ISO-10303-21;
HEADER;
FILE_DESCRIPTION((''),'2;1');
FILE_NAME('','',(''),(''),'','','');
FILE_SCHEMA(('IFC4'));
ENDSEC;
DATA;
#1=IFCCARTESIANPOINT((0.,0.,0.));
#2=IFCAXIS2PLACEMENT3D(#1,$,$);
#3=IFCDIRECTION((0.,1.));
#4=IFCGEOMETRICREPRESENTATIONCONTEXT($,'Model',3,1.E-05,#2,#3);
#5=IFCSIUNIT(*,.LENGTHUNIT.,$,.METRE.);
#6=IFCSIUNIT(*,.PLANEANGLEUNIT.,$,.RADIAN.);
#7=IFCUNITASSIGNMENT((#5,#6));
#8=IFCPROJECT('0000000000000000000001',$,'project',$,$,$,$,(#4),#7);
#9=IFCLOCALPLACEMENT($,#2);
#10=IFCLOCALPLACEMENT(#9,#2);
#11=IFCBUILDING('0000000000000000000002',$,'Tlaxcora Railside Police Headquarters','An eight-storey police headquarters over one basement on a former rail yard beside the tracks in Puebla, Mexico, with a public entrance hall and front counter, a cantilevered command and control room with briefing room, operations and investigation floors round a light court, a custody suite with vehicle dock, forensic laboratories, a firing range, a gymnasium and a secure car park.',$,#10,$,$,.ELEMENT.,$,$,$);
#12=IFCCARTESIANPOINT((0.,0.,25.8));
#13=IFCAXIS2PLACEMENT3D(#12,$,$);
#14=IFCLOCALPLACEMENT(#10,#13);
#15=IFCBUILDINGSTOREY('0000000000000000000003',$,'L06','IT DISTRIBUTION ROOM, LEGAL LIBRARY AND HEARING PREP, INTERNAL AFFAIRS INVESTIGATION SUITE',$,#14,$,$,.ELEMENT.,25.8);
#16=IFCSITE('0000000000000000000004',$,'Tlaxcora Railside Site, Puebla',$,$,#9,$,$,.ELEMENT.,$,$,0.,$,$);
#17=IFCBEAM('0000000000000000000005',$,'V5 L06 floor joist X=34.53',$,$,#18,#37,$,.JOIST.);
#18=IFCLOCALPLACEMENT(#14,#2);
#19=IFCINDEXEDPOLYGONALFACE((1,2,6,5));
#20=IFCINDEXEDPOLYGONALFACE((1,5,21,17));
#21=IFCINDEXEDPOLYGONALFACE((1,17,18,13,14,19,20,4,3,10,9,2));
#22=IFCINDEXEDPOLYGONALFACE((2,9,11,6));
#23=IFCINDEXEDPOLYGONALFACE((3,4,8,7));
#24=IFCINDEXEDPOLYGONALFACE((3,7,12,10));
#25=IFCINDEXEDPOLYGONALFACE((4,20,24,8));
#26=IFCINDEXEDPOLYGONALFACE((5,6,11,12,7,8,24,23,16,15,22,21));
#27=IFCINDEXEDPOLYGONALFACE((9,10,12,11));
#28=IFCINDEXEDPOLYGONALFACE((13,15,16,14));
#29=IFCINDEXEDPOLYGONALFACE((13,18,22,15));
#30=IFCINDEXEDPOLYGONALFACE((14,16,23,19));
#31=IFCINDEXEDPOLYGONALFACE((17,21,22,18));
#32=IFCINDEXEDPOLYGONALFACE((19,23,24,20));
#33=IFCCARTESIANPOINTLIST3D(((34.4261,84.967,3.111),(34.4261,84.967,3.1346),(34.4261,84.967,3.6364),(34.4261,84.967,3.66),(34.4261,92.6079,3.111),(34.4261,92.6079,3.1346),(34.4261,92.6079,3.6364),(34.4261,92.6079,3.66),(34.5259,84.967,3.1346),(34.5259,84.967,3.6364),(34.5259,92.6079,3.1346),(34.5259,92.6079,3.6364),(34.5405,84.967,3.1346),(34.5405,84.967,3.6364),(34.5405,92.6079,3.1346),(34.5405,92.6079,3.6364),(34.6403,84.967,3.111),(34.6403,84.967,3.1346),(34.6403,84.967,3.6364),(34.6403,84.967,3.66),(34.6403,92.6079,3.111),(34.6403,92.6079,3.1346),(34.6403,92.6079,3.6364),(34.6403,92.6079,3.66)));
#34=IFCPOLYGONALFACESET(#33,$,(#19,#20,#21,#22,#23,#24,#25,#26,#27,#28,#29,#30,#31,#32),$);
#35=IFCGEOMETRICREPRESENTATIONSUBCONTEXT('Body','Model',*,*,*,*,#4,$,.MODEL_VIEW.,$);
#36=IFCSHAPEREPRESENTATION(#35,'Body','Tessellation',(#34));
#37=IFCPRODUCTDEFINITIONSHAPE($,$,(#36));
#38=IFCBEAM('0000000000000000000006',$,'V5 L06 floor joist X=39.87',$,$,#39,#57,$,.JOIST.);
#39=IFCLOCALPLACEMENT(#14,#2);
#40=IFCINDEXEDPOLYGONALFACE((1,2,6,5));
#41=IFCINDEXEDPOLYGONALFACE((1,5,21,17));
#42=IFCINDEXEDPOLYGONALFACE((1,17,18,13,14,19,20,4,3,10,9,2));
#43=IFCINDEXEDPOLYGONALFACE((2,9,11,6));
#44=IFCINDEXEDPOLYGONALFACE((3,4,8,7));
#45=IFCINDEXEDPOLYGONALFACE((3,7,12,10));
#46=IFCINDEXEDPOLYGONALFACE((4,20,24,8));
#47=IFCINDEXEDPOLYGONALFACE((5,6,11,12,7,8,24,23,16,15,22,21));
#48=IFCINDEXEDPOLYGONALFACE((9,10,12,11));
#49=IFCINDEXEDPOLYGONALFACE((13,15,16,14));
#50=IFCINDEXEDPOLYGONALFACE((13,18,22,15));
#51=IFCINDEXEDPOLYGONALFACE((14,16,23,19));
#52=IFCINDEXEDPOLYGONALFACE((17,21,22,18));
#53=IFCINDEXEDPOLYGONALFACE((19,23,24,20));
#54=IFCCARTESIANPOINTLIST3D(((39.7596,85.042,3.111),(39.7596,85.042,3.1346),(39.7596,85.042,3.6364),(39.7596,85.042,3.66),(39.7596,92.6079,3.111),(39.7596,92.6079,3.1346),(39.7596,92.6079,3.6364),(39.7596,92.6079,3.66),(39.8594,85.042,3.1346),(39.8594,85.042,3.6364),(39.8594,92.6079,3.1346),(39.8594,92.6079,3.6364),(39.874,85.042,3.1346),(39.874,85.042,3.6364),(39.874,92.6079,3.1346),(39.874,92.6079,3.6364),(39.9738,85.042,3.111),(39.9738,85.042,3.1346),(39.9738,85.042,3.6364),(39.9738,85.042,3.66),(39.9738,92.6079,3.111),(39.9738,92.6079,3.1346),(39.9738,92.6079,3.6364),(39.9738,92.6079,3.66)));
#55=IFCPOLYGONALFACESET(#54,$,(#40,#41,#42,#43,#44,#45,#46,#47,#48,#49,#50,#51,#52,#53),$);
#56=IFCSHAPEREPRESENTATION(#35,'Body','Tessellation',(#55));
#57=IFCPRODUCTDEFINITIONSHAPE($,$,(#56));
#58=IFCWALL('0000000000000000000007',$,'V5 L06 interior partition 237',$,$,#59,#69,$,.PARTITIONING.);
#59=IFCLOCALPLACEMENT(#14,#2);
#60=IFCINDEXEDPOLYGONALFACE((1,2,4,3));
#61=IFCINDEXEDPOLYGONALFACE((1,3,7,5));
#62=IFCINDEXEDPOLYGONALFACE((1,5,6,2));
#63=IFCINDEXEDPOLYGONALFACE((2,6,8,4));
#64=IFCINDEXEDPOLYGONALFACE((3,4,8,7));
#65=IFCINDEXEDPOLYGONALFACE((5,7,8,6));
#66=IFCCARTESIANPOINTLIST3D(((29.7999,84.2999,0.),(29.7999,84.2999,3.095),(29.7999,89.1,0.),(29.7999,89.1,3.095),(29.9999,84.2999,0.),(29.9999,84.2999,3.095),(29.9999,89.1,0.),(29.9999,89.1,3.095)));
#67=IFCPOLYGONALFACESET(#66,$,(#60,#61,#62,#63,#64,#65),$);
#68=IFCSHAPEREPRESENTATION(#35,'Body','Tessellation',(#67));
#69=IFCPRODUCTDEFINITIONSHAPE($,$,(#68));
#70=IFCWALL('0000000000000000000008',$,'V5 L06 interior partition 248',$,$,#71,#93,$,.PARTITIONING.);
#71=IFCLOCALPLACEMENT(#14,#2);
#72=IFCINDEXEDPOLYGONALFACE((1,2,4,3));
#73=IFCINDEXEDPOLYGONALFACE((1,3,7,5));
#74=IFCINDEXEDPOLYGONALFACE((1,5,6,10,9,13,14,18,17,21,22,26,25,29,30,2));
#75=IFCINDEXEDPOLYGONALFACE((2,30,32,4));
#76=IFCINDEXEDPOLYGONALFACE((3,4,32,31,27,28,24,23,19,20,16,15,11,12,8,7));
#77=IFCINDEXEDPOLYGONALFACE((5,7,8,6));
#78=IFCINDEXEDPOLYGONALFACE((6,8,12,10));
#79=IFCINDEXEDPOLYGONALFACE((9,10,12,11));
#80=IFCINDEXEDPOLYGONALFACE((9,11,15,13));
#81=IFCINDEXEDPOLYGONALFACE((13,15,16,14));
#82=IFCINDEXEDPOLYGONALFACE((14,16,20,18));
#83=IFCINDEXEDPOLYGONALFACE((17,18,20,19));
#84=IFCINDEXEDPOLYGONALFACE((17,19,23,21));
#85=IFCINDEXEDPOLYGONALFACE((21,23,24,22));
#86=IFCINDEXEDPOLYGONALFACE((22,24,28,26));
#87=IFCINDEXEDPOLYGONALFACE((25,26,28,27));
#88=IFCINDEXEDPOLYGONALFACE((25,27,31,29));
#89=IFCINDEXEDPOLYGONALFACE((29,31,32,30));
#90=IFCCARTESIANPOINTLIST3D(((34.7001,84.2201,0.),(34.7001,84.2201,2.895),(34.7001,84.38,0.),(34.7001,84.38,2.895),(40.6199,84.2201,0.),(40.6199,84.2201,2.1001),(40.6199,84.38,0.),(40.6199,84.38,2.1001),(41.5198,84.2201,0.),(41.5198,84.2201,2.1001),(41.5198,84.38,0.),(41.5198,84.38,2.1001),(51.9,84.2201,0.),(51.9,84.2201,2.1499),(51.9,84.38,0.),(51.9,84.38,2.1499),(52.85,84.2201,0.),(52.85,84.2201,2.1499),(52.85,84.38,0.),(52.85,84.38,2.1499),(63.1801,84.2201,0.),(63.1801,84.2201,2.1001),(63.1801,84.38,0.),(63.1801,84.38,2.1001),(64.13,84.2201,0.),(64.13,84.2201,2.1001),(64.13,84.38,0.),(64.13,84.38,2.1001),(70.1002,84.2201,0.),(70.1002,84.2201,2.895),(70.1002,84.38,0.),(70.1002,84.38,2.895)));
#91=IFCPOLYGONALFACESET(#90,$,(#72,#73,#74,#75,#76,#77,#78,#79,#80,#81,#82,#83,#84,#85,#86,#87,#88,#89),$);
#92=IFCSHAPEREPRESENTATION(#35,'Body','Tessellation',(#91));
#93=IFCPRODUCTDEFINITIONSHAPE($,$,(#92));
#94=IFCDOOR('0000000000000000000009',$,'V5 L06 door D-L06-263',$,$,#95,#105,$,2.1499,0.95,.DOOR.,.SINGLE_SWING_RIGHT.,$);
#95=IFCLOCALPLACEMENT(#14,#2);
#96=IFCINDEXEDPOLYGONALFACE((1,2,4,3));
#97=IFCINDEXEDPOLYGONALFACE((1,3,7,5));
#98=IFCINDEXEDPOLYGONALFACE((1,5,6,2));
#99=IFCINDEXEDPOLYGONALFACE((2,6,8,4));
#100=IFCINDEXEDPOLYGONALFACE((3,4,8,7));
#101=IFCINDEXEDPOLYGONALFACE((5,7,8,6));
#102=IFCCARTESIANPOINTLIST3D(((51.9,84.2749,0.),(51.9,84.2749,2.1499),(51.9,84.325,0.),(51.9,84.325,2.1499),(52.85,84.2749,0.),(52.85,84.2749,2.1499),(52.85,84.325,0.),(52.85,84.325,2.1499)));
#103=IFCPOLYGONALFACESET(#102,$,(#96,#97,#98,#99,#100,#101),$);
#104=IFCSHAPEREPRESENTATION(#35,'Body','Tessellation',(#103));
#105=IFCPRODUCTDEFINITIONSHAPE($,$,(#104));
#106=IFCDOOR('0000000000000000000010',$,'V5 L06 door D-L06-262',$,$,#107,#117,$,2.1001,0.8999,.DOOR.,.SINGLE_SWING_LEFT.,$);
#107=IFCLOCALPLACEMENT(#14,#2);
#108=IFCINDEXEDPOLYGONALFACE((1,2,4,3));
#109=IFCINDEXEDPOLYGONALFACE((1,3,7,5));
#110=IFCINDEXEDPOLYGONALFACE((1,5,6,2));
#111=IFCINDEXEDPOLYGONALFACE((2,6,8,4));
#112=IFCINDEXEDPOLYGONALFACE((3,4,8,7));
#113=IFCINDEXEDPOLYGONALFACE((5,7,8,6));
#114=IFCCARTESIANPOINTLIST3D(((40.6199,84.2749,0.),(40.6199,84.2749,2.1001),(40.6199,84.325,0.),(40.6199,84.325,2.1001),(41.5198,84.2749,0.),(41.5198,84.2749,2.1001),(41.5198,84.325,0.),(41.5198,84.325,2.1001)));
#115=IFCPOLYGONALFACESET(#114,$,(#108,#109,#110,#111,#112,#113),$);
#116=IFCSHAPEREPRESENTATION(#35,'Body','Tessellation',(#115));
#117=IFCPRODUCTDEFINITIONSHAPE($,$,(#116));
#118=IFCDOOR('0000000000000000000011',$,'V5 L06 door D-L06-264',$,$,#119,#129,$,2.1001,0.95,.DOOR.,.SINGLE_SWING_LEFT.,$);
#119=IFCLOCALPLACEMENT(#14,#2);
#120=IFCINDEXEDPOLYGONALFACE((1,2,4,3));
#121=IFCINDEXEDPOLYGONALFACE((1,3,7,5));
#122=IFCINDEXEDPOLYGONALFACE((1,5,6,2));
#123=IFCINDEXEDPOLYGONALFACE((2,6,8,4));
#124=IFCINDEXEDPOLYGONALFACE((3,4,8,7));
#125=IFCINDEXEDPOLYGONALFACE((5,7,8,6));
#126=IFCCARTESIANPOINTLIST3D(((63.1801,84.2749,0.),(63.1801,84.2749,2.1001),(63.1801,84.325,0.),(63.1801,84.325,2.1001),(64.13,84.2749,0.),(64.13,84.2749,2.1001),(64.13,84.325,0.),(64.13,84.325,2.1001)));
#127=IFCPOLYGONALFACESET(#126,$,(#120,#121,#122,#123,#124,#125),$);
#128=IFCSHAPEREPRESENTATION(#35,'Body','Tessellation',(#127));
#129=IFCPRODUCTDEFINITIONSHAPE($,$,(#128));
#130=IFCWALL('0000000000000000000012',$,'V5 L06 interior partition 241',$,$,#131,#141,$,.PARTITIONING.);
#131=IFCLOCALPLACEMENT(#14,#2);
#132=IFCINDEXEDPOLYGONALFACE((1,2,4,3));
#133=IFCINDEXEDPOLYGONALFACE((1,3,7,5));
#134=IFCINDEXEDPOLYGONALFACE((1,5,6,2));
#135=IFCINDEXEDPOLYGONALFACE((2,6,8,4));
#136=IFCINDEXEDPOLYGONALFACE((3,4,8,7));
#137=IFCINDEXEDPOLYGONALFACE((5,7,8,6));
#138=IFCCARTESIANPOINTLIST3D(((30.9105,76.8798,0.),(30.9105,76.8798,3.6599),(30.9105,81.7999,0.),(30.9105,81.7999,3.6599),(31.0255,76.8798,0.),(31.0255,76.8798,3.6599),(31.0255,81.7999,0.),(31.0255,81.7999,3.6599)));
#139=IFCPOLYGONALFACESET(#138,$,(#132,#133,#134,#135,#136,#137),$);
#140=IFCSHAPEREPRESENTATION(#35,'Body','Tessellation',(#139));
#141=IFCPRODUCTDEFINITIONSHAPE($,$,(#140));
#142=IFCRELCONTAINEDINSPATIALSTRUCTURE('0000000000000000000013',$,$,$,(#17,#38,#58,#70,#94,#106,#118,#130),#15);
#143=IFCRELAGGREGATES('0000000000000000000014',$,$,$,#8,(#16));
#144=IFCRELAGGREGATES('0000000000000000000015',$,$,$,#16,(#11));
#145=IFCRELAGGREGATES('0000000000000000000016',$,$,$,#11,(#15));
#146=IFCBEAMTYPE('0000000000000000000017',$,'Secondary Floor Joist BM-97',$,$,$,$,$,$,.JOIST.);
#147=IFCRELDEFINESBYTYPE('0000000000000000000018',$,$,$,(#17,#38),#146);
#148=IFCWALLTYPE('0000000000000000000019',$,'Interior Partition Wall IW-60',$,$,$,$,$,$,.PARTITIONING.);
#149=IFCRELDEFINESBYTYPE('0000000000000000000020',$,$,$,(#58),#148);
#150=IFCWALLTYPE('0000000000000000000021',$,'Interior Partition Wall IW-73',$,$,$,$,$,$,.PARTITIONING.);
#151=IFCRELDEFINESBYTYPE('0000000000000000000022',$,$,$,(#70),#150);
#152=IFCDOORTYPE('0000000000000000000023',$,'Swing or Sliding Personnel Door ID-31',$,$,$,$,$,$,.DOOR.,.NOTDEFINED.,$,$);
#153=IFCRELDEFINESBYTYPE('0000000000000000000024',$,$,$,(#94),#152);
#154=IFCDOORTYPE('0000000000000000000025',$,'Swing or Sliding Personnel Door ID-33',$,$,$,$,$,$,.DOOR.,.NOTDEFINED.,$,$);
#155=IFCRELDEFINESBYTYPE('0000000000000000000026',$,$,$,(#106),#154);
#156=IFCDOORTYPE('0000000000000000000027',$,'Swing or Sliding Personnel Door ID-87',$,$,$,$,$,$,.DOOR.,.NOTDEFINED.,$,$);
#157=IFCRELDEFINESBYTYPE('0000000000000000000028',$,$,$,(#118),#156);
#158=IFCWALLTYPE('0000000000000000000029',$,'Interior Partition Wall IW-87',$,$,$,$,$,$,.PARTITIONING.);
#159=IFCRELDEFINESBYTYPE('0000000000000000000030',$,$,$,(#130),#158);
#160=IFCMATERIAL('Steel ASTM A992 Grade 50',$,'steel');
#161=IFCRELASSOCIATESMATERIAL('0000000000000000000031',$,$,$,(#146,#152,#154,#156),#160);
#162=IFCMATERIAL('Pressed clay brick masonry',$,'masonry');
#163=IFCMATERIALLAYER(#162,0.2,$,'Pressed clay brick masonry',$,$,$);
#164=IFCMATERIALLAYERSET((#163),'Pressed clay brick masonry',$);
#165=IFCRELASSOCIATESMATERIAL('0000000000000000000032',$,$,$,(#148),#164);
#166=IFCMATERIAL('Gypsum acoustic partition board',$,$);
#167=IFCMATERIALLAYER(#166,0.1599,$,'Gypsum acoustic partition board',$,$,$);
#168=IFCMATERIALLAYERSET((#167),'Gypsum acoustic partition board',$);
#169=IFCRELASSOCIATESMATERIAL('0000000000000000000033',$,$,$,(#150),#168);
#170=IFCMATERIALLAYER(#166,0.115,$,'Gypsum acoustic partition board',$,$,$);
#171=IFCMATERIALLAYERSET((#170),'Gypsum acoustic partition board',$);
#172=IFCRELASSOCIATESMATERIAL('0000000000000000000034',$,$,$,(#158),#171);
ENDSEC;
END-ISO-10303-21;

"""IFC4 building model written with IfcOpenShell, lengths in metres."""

from ifc_helpers import new_model, si_unit, direction, frame, frame_2d, origin, origin_2d, place, context, subcontext, project, spatial, rectangle, i_section, extrude, material, layer, layer_set, material_profile, profile_set, type_object, element, fill, save


model = new_model("IFC4")

# Units and contexts
model_context = context("Model", 3, precision=1e-05, world=origin(), true_north=direction((0.0, 1.0)))
body_context = subcontext(model_context, "Body", "Model", "MODEL_VIEW")
ifc_project = project(units=[si_unit("LENGTHUNIT", "METRE"), si_unit("PLANEANGLEUNIT", "RADIAN")], contexts=[model_context])

# Site, building, storey
site_placement = place(None, origin())
site = spatial("IfcSite", under=ifc_project, at=site_placement, Name="Tlaxcora Railside Site, Puebla", CompositionType="ELEMENT", RefElevation=0.0)
building_placement = place(site_placement, origin())
building = spatial("IfcBuilding", under=site, at=building_placement, Name="Tlaxcora Railside Police Headquarters", Description="An eight-storey police headquarters over one basement on a former rail yard beside the tracks in Puebla, Mexico, with a public entrance hall and front counter, a cantilevered command and control room with briefing room, operations and investigation floors round a light court, a custody suite with vehicle dock, forensic laboratories, a firing range, a gymnasium and a secure car park.", CompositionType="ELEMENT")
storey_placement = place(building_placement, frame((0.0, 0.0, 25.8)))
storey = spatial("IfcBuildingStorey", under=building, at=storey_placement, Name="L06", Description="IT DISTRIBUTION ROOM, LEGAL LIBRARY AND HEARING PREP, INTERNAL AFFAIRS INVESTIGATION SUITE", CompositionType="ELEMENT", Elevation=25.8)

# Beams
ifc_material_1 = material(Name="Steel ASTM A992 Grade 50", Category="steel")
ifc_material_profile_1 = material_profile(ifc_material_1, i_section(OverallWidth=0.2141, OverallDepth=0.5491, WebThickness=0.0146, FlangeThickness=0.0237, at=origin_2d()), Name="W21X93")
ifc_profile_set_1 = profile_set([ifc_material_profile_1], Name="Steel ASTM A992 Grade 50")
beam_type_1 = type_object("IfcBeamType", Name="Secondary Floor Joist BM-97", PredefinedType="JOIST", material=ifc_profile_set_1)
beam_1_placement = place(storey_placement, frame((34.5332, 84.967, 3.3855), z_axis=(0.0, 1.0, 0.0), x_axis=(-1.0, 0.0, 0.0)))
element("IfcBeam", 1, at=beam_1_placement, inside=storey, type_object=beam_type_1, Name="V5 L06 floor joist X=34.53", PredefinedType="JOIST", context=body_context, shape_type="SweptSolid", body=[
    extrude(i_section(OverallWidth=0.2141, OverallDepth=0.5491, WebThickness=0.0146, FlangeThickness=0.0237, at=origin_2d()), origin(), (0.0, 0.0, 1.0), 7.6409),
])
beam_2_placement = place(storey_placement, frame((39.8667, 85.042, 3.3855), z_axis=(0.0, 1.0, 0.0), x_axis=(-1.0, 0.0, 0.0)))
element("IfcBeam", 2, at=beam_2_placement, inside=storey, type_object=beam_type_1, Name="V5 L06 floor joist X=39.87", PredefinedType="JOIST", context=body_context, shape_type="SweptSolid", body=[
    extrude(i_section(OverallWidth=0.2141, OverallDepth=0.5491, WebThickness=0.0146, FlangeThickness=0.0237, at=origin_2d()), origin(), (0.0, 0.0, 1.0), 7.5659),
])

# Wall
ifc_material_2 = material(Name="Pressed clay brick masonry", Category="masonry")
ifc_layer_1 = layer(ifc_material_2, 0.2, Name="Pressed clay brick masonry")
ifc_layer_set_1 = layer_set([ifc_layer_1], Name="Pressed clay brick masonry")
wall_type_1 = type_object("IfcWallType", Name="Interior Partition Wall IW-60", PredefinedType="PARTITIONING", material=ifc_layer_set_1)
wall_1_placement = place(storey_placement, frame((29.8999, 84.3, 0.0), z_axis=(0.0, 0.0, 1.0), x_axis=(0.0, 1.0, 0.0)))
element("IfcWall", 3, at=wall_1_placement, inside=storey, type_object=wall_type_1, Name="V5 L06 interior partition 237", PredefinedType="PARTITIONING", context=body_context, shape_type="SweptSolid", body=[
    extrude(rectangle(XDim=4.8, YDim=0.2, at=frame_2d((2.3999, 0.0))), origin(), (0.0, 0.0, 1.0), 3.095),
])

# Wall, openings, doors
ifc_material_3 = material(Name="Gypsum acoustic partition board")
ifc_layer_2 = layer(ifc_material_3, 0.1599, Name="Gypsum acoustic partition board")
ifc_layer_set_2 = layer_set([ifc_layer_2], Name="Gypsum acoustic partition board")
wall_type_2 = type_object("IfcWallType", Name="Interior Partition Wall IW-73", PredefinedType="PARTITIONING", material=ifc_layer_set_2)
wall_2_placement = place(storey_placement, frame((34.7, 84.3, 0.0), z_axis=(0.0, 0.0, 1.0), x_axis=(1.0, 0.0, 0.0)))
wall_2 = element("IfcWall", 4, at=wall_2_placement, inside=storey, type_object=wall_type_2, Name="V5 L06 interior partition 248", PredefinedType="PARTITIONING", context=body_context, shape_type="SweptSolid", body=[
    extrude(rectangle(XDim=35.4001, YDim=0.1599, at=frame_2d((17.7002, 0.0))), origin(), (0.0, 0.0, 1.0), 2.895),
])
opening_1_placement = place(wall_2_placement, frame((5.9199, 0.0, 0.0)))
opening_1 = element("IfcOpeningElement", 5, at=opening_1_placement, cuts=wall_2, PredefinedType="OPENING", context=body_context, shape_type="SweptSolid", body=[
    extrude(rectangle(XDim=0.8999, YDim=2.1001, at=frame_2d((0.45, 1.05))), frame((0.0, 0.0898, 0.0), z_axis=(0.0, -1.0, 0.0), x_axis=(1.0, 0.0, 0.0)), (0.0, 0.0, 1.0), 0.1799),
])
opening_2_placement = place(wall_2_placement, frame((17.2, 0.0, 0.0)))
opening_2 = element("IfcOpeningElement", 6, at=opening_2_placement, cuts=wall_2, PredefinedType="OPENING", context=body_context, shape_type="SweptSolid", body=[
    extrude(rectangle(XDim=0.95, YDim=2.1499, at=frame_2d((0.4751, 1.075))), frame((0.0, 0.0898, 0.0), z_axis=(0.0, -1.0, 0.0), x_axis=(1.0, 0.0, 0.0)), (0.0, 0.0, 1.0), 0.1799),
])
opening_3_placement = place(wall_2_placement, frame((28.48, 0.0, 0.0)))
opening_3 = element("IfcOpeningElement", 7, at=opening_3_placement, cuts=wall_2, PredefinedType="OPENING", context=body_context, shape_type="SweptSolid", body=[
    extrude(rectangle(XDim=0.95, YDim=2.1001, at=frame_2d((0.4751, 1.05))), frame((0.0, 0.0898, 0.0), z_axis=(0.0, -1.0, 0.0), x_axis=(1.0, 0.0, 0.0)), (0.0, 0.0, 1.0), 0.1799),
])
door_type_1 = type_object("IfcDoorType", Name="Swing or Sliding Personnel Door ID-31", OperationType="NOTDEFINED", PredefinedType="DOOR", material=ifc_material_1)
door_1_placement = place(opening_2_placement, origin())
door_1 = element("IfcDoor", 8, at=door_1_placement, inside=storey, type_object=door_type_1, Name="V5 L06 door D-L06-263", OperationType="SINGLE_SWING_RIGHT", OverallHeight=2.1499, OverallWidth=0.95, PredefinedType="DOOR", context=body_context, shape_type="SweptSolid", body=[
    extrude(rectangle(XDim=0.95, YDim=2.1499, at=frame_2d((0.4751, 1.075))), frame((0.0, 0.0249, 0.0), z_axis=(0.0, -1.0, 0.0), x_axis=(1.0, 0.0, 0.0)), (0.0, 0.0, 1.0), 0.05),
])
fill(opening_2, door_1)
door_type_2 = type_object("IfcDoorType", Name="Swing or Sliding Personnel Door ID-33", OperationType="NOTDEFINED", PredefinedType="DOOR", material=ifc_material_1)
door_2_placement = place(opening_1_placement, origin())
door_2 = element("IfcDoor", 9, at=door_2_placement, inside=storey, type_object=door_type_2, Name="V5 L06 door D-L06-262", OperationType="SINGLE_SWING_LEFT", OverallHeight=2.1001, OverallWidth=0.8999, PredefinedType="DOOR", context=body_context, shape_type="SweptSolid", body=[
    extrude(rectangle(XDim=0.8999, YDim=2.1001, at=frame_2d((0.45, 1.05))), frame((0.0, 0.0249, 0.0), z_axis=(0.0, -1.0, 0.0), x_axis=(1.0, 0.0, 0.0)), (0.0, 0.0, 1.0), 0.05),
])
fill(opening_1, door_2)
door_type_3 = type_object("IfcDoorType", Name="Swing or Sliding Personnel Door ID-87", OperationType="NOTDEFINED", PredefinedType="DOOR", material=ifc_material_1)
door_3_placement = place(opening_3_placement, origin())
door_3 = element("IfcDoor", 10, at=door_3_placement, inside=storey, type_object=door_type_3, Name="V5 L06 door D-L06-264", OperationType="SINGLE_SWING_LEFT", OverallHeight=2.1001, OverallWidth=0.95, PredefinedType="DOOR", context=body_context, shape_type="SweptSolid", body=[
    extrude(rectangle(XDim=0.95, YDim=2.1001, at=frame_2d((0.4751, 1.05))), frame((0.0, 0.0249, 0.0), z_axis=(0.0, -1.0, 0.0), x_axis=(1.0, 0.0, 0.0)), (0.0, 0.0, 1.0), 0.05),
])
fill(opening_3, door_3)

# Wall
ifc_layer_3 = layer(ifc_material_3, 0.115, Name="Gypsum acoustic partition board")
ifc_layer_set_3 = layer_set([ifc_layer_3], Name="Gypsum acoustic partition board")
wall_type_3 = type_object("IfcWallType", Name="Interior Partition Wall IW-87", PredefinedType="PARTITIONING", material=ifc_layer_set_3)
wall_3_placement = place(storey_placement, frame((30.968, 76.8799, 0.0), z_axis=(0.0, 0.0, 1.0), x_axis=(0.0, 1.0, 0.0)))
element("IfcWall", 11, at=wall_3_placement, inside=storey, type_object=wall_type_3, Name="V5 L06 interior partition 241", PredefinedType="PARTITIONING", context=body_context, shape_type="SweptSolid", body=[
    extrude(rectangle(XDim=4.9202, YDim=0.115, at=frame_2d((2.46, 0.0))), origin(), (0.0, 0.0, 1.0), 3.6599),
])

save(model, "model.ifc")
